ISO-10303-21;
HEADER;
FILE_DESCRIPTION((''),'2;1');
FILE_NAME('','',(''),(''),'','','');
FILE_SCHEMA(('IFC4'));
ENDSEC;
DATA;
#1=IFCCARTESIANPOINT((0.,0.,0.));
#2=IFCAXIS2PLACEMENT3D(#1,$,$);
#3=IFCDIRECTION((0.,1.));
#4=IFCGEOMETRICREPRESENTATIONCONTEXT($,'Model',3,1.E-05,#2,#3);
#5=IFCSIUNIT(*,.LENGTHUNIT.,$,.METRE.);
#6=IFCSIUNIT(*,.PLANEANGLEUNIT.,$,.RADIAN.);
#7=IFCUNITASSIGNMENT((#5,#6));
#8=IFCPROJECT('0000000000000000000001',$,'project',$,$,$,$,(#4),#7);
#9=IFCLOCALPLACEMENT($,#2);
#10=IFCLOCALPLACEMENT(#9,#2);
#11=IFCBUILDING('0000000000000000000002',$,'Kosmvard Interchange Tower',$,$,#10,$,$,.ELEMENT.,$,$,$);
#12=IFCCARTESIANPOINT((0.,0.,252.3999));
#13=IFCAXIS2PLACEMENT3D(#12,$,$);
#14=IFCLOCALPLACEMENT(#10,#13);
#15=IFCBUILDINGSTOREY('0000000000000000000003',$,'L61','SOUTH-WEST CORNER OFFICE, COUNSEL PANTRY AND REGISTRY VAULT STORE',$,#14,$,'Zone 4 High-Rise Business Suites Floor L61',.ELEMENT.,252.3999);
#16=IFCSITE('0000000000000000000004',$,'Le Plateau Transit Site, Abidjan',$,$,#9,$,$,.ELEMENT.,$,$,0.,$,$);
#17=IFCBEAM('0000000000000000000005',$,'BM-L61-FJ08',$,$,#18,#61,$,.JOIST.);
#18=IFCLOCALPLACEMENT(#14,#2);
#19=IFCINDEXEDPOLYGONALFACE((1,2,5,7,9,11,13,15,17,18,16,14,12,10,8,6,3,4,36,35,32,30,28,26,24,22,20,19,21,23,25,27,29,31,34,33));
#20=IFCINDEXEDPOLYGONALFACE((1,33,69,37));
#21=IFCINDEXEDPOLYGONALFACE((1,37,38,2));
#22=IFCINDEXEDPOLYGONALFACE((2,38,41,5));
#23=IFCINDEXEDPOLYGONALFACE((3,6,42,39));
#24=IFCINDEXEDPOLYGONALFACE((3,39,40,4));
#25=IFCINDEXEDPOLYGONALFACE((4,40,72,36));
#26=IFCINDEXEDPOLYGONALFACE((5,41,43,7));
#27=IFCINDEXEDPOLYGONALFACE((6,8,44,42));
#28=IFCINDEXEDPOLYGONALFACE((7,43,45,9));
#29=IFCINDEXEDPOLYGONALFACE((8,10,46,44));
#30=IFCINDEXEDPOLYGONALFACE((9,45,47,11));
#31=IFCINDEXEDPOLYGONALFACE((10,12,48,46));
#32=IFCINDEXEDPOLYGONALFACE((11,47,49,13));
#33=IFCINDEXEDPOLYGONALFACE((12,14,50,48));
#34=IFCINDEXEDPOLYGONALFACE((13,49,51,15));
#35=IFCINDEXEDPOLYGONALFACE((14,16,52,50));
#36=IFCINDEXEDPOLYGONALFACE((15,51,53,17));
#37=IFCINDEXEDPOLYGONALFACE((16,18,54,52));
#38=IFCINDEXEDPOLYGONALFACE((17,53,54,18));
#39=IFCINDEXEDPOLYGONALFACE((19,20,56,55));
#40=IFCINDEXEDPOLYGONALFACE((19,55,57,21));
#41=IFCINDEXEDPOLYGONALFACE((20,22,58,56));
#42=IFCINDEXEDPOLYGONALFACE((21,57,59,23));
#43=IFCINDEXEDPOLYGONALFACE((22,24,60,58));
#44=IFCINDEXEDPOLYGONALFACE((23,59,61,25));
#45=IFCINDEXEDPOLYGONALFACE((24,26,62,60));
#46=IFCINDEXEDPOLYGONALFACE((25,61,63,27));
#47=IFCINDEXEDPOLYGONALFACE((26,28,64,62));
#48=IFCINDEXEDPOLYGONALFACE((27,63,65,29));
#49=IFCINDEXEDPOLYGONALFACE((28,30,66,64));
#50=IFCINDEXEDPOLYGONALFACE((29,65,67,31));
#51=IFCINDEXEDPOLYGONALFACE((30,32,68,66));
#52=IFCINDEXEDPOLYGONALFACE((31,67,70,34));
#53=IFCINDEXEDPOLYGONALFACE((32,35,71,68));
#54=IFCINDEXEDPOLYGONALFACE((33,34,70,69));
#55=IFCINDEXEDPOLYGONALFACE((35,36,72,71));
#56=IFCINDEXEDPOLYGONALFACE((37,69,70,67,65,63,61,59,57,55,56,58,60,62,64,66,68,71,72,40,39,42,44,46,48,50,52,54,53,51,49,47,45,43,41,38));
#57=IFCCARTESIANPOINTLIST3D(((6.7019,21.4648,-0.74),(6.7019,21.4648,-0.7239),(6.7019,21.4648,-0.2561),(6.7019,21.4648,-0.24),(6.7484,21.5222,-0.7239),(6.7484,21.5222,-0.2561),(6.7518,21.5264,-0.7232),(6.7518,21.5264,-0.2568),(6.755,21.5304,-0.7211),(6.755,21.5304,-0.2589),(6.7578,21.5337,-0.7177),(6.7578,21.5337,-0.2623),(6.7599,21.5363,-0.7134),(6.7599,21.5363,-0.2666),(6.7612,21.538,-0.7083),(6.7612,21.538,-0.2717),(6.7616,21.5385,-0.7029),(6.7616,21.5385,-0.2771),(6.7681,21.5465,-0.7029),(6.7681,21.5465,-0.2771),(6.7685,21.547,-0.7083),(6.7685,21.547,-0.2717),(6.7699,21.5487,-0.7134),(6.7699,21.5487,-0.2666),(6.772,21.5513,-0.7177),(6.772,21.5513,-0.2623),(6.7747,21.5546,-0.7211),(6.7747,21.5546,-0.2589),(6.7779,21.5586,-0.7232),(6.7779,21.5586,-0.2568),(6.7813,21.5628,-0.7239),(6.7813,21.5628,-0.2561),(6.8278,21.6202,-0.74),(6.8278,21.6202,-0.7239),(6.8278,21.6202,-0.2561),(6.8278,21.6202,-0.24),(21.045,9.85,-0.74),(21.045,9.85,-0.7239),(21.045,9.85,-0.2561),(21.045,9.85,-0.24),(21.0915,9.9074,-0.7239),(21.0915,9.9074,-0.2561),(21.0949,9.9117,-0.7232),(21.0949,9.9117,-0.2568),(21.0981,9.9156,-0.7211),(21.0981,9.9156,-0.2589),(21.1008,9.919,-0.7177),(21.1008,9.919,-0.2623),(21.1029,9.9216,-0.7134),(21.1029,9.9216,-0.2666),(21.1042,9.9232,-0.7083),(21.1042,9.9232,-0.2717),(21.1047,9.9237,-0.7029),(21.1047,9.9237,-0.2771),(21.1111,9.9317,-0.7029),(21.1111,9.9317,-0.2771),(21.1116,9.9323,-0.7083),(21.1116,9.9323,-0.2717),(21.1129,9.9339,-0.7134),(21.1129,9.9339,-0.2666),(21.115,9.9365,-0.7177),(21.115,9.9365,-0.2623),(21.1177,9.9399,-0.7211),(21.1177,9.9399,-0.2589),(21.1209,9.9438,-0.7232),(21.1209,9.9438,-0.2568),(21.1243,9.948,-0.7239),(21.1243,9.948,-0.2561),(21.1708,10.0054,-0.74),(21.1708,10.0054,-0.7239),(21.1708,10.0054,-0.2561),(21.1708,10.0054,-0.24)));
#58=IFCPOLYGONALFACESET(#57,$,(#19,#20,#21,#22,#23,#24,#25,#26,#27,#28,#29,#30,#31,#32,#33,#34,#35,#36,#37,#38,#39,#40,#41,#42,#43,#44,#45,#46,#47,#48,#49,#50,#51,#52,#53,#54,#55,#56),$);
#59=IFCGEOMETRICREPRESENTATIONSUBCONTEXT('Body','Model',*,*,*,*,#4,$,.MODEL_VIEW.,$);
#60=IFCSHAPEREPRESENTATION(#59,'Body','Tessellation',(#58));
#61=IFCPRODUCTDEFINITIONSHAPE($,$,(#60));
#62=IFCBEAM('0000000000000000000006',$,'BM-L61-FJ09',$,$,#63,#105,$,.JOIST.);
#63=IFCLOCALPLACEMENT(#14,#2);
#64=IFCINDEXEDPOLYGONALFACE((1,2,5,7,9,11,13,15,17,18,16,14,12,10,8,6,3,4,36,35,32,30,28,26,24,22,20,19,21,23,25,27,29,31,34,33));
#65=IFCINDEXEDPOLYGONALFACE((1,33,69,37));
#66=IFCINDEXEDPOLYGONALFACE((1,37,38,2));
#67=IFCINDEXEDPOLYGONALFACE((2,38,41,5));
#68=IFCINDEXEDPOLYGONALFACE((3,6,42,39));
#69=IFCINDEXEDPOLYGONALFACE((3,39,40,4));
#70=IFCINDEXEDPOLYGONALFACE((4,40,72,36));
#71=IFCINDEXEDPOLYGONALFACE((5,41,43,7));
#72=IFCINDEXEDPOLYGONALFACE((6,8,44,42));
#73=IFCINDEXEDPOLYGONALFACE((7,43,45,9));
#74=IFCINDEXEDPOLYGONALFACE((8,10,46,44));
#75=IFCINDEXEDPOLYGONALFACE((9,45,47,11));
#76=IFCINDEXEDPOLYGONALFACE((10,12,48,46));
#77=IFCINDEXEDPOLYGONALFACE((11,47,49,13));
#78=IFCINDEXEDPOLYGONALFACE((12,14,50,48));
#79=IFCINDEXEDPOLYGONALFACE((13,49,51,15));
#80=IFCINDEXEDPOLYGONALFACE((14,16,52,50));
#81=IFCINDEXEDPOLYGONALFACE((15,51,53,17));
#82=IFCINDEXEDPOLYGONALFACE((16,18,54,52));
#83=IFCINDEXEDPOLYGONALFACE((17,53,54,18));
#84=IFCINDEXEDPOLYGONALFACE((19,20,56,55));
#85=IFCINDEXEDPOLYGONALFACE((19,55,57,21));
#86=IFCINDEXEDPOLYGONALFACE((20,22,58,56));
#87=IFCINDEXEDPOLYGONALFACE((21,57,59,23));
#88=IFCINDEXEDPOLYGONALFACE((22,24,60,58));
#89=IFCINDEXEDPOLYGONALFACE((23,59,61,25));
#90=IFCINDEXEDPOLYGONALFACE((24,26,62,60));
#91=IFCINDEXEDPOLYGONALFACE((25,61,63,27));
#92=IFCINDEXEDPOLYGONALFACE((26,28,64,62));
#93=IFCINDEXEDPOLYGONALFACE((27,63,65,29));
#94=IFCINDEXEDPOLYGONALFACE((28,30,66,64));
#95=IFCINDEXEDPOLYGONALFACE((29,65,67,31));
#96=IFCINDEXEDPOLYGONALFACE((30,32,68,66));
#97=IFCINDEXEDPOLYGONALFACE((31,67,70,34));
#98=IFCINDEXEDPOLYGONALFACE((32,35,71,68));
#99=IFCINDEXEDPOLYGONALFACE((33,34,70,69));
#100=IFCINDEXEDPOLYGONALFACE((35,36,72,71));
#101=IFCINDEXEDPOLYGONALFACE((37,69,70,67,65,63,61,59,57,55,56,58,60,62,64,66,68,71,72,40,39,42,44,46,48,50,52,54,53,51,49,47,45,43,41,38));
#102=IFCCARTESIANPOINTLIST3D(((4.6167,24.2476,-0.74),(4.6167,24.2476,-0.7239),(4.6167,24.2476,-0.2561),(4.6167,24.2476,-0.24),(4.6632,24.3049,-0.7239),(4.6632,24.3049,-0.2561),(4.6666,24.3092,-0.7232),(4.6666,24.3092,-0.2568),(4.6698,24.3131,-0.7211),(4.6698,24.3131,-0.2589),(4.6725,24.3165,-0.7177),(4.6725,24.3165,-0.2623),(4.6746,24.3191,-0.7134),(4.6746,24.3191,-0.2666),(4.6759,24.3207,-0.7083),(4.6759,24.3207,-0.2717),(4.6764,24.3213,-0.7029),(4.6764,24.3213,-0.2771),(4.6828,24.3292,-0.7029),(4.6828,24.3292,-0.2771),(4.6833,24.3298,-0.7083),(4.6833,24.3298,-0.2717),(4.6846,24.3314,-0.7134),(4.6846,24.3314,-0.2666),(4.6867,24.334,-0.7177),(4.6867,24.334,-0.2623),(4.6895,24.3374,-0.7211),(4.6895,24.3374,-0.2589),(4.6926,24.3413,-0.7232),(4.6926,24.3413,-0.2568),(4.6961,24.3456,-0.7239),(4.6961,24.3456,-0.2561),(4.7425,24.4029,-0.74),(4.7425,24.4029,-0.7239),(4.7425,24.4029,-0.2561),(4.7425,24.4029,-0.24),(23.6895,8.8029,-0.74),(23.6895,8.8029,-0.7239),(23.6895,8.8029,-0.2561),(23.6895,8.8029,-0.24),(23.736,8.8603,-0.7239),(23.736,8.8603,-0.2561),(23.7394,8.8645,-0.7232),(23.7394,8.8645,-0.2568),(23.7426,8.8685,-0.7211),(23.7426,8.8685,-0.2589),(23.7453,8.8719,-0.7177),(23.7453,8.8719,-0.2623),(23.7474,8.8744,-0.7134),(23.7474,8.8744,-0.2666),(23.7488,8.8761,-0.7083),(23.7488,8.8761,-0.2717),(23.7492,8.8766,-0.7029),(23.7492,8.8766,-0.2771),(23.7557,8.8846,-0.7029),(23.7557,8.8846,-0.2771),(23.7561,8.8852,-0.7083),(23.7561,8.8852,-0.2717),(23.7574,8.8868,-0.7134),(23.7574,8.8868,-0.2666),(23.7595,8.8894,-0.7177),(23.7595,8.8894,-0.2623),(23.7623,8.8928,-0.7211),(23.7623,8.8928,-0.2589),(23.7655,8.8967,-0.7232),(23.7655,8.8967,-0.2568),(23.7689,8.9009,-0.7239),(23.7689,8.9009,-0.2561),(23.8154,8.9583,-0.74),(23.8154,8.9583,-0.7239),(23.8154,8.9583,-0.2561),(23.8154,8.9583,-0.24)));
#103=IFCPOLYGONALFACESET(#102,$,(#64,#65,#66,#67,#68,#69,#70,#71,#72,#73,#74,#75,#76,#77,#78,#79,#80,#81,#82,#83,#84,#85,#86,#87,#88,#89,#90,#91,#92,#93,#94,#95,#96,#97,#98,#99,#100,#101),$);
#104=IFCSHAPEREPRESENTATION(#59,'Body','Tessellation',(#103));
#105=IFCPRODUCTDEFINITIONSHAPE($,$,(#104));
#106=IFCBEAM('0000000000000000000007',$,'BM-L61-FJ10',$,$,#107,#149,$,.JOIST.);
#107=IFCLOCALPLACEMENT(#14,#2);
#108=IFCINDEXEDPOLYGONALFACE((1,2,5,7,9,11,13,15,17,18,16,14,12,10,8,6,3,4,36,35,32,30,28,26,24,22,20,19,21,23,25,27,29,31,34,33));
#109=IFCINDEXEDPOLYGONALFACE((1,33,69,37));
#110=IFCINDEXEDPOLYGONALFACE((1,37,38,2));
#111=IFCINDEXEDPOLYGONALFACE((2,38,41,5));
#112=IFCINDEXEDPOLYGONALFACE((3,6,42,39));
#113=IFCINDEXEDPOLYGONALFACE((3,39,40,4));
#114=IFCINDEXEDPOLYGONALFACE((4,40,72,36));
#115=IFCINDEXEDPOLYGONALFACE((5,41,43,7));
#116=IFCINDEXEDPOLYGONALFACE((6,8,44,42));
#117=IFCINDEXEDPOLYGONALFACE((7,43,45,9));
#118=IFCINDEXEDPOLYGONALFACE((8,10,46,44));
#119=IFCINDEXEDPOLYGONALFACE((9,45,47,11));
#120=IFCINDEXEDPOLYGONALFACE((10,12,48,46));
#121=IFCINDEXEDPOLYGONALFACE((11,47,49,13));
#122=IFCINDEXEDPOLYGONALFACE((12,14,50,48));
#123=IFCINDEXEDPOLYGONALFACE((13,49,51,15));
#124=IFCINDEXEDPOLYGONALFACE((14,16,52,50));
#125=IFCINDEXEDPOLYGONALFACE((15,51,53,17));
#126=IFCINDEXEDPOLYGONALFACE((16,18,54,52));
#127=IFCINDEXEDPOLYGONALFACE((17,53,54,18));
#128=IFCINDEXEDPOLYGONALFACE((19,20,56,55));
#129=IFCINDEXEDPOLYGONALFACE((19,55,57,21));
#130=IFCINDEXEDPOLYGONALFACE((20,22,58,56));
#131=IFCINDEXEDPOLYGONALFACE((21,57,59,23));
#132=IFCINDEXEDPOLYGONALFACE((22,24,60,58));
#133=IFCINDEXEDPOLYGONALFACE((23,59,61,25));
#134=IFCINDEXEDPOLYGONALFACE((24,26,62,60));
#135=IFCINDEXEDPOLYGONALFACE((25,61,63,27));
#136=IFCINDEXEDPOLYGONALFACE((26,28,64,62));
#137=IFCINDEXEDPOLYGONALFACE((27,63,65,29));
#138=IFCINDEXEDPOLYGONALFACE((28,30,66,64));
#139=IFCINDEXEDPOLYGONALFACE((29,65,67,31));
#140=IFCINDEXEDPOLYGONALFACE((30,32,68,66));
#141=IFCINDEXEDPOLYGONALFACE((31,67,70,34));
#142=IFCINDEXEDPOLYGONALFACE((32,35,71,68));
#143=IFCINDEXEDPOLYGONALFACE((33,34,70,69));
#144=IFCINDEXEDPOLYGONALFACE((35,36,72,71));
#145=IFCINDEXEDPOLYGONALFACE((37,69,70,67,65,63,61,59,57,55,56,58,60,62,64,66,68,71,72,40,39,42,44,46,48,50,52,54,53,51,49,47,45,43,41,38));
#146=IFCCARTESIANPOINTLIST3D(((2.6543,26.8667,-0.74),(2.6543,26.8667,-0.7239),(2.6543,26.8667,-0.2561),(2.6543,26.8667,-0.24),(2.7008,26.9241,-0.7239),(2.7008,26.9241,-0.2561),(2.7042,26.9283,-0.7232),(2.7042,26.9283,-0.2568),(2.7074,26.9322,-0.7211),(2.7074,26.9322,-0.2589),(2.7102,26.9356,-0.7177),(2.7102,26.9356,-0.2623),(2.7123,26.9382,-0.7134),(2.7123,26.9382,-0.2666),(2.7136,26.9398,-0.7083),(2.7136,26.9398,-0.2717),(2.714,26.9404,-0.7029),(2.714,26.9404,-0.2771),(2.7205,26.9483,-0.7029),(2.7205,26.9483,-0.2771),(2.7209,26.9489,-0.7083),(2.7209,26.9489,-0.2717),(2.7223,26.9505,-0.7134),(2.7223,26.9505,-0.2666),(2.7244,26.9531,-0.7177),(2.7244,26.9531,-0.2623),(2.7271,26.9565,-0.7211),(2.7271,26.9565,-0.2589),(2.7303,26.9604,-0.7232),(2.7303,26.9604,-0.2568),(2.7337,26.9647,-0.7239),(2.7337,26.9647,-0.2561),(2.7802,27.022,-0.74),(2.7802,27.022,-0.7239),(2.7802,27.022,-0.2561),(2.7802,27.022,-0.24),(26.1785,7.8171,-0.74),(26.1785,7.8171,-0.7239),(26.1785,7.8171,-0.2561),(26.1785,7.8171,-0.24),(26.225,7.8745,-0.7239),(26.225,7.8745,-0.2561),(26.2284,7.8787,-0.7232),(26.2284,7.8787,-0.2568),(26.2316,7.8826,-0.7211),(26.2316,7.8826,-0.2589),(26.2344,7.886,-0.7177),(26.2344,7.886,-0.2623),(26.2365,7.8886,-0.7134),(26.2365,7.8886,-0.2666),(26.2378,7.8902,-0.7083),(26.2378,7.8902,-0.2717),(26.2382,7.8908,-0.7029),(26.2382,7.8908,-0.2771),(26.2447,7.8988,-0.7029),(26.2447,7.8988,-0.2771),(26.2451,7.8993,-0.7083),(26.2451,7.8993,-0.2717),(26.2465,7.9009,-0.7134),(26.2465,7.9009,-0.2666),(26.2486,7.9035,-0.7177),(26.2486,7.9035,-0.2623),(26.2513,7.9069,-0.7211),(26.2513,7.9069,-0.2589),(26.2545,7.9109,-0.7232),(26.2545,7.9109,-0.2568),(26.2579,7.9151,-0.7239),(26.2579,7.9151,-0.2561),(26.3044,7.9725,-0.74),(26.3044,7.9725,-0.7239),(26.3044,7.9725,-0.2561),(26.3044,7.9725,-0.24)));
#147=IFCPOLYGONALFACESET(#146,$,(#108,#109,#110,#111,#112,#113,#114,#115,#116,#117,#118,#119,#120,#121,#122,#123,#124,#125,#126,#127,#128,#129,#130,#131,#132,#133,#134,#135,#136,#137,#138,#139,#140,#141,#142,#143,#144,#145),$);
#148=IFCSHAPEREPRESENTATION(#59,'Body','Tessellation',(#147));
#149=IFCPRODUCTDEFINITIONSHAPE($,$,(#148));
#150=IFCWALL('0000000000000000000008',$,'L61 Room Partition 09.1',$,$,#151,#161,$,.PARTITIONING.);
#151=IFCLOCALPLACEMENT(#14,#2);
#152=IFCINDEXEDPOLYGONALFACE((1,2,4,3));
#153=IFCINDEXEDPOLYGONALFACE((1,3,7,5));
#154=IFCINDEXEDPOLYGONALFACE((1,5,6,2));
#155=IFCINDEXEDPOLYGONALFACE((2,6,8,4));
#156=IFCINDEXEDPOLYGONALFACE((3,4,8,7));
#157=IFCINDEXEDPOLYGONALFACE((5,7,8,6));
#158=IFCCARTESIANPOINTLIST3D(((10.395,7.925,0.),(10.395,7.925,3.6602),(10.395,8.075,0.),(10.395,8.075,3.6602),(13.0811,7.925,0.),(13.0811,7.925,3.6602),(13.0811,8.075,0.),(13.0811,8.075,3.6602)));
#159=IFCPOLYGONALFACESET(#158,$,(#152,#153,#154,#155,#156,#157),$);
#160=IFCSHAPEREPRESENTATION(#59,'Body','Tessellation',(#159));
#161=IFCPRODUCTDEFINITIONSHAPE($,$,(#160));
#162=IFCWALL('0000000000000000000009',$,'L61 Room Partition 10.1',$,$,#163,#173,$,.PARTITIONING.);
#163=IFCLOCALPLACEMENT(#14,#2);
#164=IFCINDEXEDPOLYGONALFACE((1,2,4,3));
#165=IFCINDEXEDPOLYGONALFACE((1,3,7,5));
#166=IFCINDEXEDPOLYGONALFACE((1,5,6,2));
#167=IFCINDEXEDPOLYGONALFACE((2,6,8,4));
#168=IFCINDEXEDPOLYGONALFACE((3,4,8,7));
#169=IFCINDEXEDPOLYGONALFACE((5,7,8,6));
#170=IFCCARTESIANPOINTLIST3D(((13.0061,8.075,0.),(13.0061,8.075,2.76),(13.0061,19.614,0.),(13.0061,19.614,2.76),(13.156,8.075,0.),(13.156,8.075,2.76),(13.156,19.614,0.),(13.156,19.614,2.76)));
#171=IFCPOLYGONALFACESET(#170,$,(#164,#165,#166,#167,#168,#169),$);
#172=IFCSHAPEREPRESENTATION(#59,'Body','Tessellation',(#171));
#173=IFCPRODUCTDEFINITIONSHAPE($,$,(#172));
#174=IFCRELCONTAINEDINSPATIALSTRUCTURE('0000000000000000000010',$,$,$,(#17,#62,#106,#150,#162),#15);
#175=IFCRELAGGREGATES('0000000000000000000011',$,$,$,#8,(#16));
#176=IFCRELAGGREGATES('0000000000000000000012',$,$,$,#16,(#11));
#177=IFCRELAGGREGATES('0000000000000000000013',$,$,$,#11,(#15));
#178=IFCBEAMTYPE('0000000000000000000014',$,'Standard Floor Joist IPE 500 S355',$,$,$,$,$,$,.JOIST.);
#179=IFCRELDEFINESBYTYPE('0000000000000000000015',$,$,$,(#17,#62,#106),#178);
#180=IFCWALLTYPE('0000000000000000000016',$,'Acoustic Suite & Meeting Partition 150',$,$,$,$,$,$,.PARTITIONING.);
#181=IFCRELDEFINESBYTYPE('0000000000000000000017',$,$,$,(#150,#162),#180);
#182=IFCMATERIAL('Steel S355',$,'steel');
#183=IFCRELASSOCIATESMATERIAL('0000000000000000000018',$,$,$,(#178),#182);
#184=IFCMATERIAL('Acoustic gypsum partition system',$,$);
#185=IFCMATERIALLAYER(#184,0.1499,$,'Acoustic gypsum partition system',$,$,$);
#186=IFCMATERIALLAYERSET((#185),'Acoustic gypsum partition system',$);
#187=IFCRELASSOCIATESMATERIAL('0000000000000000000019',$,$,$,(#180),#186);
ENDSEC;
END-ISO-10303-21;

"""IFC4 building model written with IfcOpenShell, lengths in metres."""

from ifc_helpers import new_model, si_unit, direction, frame, frame_2d, origin, origin_2d, place, context, subcontext, project, spatial, rectangle, i_section, extrude, source, transform, mapped, material, layer, layer_set, material_profile, profile_set, type_object, element, save


model = new_model("IFC4")

# Units and contexts
model_context = context("Model", 3, precision=1e-05, world=origin(), true_north=direction((0.0, 1.0)))
body_context = subcontext(model_context, "Body", "Model", "MODEL_VIEW")
ifc_project = project(units=[si_unit("LENGTHUNIT", "METRE"), si_unit("PLANEANGLEUNIT", "RADIAN")], contexts=[model_context])

# Site, building, storey
site_placement = place(None, origin())
site = spatial("IfcSite", under=ifc_project, at=site_placement, Name="Le Plateau Transit Site, Abidjan", CompositionType="ELEMENT", RefElevation=0.0)
building_placement = place(site_placement, origin())
building = spatial("IfcBuilding", under=site, at=building_placement, Name="Kosmvard Interchange Tower", CompositionType="ELEMENT")
storey_placement = place(building_placement, frame((0.0, 0.0, 252.3999)))
storey = spatial("IfcBuildingStorey", under=building, at=storey_placement, Name="L61", Description="SOUTH-WEST CORNER OFFICE, COUNSEL PANTRY AND REGISTRY VAULT STORE", LongName="Zone 4 High-Rise Business Suites Floor L61", CompositionType="ELEMENT", Elevation=252.3999)

# Beams
ifc_material_1 = material(Name="Steel S355", Category="steel")
ifc_material_profile_1 = material_profile(ifc_material_1, i_section(OverallWidth=0.2, OverallDepth=0.5, WebThickness=0.0103, FlangeThickness=0.0161, FilletRadius=0.021, at=origin_2d()), Name="IPE 500")
ifc_profile_set_1 = profile_set([ifc_material_profile_1], Name="Steel S355")
beam_type_1 = type_object("IfcBeamType", Name="Standard Floor Joist IPE 500 S355", PredefinedType="JOIST", material=ifc_profile_set_1)
shared_shape_1 = source(origin(), body_context, "Body", "SweptSolid", [
    extrude(i_section(OverallWidth=0.2, OverallDepth=0.5, WebThickness=0.0103, FlangeThickness=0.0161, FilletRadius=0.021, at=origin_2d()), origin(), (0.0, 0.0, 1.0), 18.4561),
])
beam_1_placement = place(storey_placement, frame((21.1079, 9.9277, -0.49), z_axis=(-0.777146, 0.62932, 0.0), x_axis=(-0.62932, -0.777146, 0.0)))
element("IfcBeam", 1, at=beam_1_placement, inside=storey, type_object=beam_type_1, Name="BM-L61-FJ08", PredefinedType="JOIST", context=body_context, shape_type="MappedRepresentation", body=[
    mapped(shared_shape_1, transform((0.0, 0.0, 0.0), scale=1.0)),
])
shared_shape_2 = source(origin(), body_context, "Body", "SweptSolid", [
    extrude(i_section(OverallWidth=0.2, OverallDepth=0.5, WebThickness=0.0103, FlangeThickness=0.0161, FilletRadius=0.021, at=origin_2d()), origin(), (0.0, 0.0, 1.0), 24.542),
])
beam_2_placement = place(storey_placement, frame((23.7524, 8.8806, -0.49), z_axis=(-0.777151, 0.629315, 0.0), x_axis=(-0.629315, -0.777151, 0.0)))
element("IfcBeam", 2, at=beam_2_placement, inside=storey, type_object=beam_type_1, Name="BM-L61-FJ09", PredefinedType="JOIST", context=body_context, shape_type="MappedRepresentation", body=[
    mapped(shared_shape_2, transform((0.0, 0.0, 0.0), scale=1.0)),
])
shared_shape_3 = source(origin(), body_context, "Body", "SweptSolid", [
    extrude(i_section(OverallWidth=0.2, OverallDepth=0.5, WebThickness=0.0103, FlangeThickness=0.0161, FilletRadius=0.021, at=origin_2d()), origin(), (0.0, 0.0, 1.0), 30.27),
])
beam_3_placement = place(storey_placement, frame((26.2415, 7.8948, -0.49), z_axis=(-0.777145, 0.629322, 0.0), x_axis=(-0.629322, -0.777145, 0.0)))
element("IfcBeam", 3, at=beam_3_placement, inside=storey, type_object=beam_type_1, Name="BM-L61-FJ10", PredefinedType="JOIST", context=body_context, shape_type="MappedRepresentation", body=[
    mapped(shared_shape_3, transform((0.0, 0.0, 0.0), scale=1.0)),
])

# Walls
ifc_material_2 = material(Name="Acoustic gypsum partition system")
ifc_layer_1 = layer(ifc_material_2, 0.1499, Name="Acoustic gypsum partition system")
ifc_layer_set_1 = layer_set([ifc_layer_1], Name="Acoustic gypsum partition system")
wall_type_1 = type_object("IfcWallType", Name="Acoustic Suite & Meeting Partition 150", PredefinedType="PARTITIONING", material=ifc_layer_set_1)
wall_1_placement = place(storey_placement, frame((10.395, 8.0, 0.0), z_axis=(0.0, 0.0, 1.0), x_axis=(1.0, 0.0, 0.0)))
element("IfcWall", 4, at=wall_1_placement, inside=storey, type_object=wall_type_1, Name="L61 Room Partition 09.1", PredefinedType="PARTITIONING", context=body_context, shape_type="SweptSolid", body=[
    extrude(rectangle(XDim=2.686, YDim=0.1499, at=frame_2d((1.343, 0.0))), origin(), (0.0, 0.0, 1.0), 3.6602),
])
wall_2_placement = place(storey_placement, frame((13.0811, 8.075, 0.0), z_axis=(0.0, 0.0, 1.0), x_axis=(0.0, 1.0, 0.0)))
element("IfcWall", 5, at=wall_2_placement, inside=storey, type_object=wall_type_1, Name="L61 Room Partition 10.1", PredefinedType="PARTITIONING", context=body_context, shape_type="SweptSolid", body=[
    extrude(rectangle(XDim=11.5391, YDim=0.1499, at=frame_2d((5.7695, 0.0))), origin(), (0.0, 0.0, 1.0), 2.76),
])

save(model, "model.ifc")
